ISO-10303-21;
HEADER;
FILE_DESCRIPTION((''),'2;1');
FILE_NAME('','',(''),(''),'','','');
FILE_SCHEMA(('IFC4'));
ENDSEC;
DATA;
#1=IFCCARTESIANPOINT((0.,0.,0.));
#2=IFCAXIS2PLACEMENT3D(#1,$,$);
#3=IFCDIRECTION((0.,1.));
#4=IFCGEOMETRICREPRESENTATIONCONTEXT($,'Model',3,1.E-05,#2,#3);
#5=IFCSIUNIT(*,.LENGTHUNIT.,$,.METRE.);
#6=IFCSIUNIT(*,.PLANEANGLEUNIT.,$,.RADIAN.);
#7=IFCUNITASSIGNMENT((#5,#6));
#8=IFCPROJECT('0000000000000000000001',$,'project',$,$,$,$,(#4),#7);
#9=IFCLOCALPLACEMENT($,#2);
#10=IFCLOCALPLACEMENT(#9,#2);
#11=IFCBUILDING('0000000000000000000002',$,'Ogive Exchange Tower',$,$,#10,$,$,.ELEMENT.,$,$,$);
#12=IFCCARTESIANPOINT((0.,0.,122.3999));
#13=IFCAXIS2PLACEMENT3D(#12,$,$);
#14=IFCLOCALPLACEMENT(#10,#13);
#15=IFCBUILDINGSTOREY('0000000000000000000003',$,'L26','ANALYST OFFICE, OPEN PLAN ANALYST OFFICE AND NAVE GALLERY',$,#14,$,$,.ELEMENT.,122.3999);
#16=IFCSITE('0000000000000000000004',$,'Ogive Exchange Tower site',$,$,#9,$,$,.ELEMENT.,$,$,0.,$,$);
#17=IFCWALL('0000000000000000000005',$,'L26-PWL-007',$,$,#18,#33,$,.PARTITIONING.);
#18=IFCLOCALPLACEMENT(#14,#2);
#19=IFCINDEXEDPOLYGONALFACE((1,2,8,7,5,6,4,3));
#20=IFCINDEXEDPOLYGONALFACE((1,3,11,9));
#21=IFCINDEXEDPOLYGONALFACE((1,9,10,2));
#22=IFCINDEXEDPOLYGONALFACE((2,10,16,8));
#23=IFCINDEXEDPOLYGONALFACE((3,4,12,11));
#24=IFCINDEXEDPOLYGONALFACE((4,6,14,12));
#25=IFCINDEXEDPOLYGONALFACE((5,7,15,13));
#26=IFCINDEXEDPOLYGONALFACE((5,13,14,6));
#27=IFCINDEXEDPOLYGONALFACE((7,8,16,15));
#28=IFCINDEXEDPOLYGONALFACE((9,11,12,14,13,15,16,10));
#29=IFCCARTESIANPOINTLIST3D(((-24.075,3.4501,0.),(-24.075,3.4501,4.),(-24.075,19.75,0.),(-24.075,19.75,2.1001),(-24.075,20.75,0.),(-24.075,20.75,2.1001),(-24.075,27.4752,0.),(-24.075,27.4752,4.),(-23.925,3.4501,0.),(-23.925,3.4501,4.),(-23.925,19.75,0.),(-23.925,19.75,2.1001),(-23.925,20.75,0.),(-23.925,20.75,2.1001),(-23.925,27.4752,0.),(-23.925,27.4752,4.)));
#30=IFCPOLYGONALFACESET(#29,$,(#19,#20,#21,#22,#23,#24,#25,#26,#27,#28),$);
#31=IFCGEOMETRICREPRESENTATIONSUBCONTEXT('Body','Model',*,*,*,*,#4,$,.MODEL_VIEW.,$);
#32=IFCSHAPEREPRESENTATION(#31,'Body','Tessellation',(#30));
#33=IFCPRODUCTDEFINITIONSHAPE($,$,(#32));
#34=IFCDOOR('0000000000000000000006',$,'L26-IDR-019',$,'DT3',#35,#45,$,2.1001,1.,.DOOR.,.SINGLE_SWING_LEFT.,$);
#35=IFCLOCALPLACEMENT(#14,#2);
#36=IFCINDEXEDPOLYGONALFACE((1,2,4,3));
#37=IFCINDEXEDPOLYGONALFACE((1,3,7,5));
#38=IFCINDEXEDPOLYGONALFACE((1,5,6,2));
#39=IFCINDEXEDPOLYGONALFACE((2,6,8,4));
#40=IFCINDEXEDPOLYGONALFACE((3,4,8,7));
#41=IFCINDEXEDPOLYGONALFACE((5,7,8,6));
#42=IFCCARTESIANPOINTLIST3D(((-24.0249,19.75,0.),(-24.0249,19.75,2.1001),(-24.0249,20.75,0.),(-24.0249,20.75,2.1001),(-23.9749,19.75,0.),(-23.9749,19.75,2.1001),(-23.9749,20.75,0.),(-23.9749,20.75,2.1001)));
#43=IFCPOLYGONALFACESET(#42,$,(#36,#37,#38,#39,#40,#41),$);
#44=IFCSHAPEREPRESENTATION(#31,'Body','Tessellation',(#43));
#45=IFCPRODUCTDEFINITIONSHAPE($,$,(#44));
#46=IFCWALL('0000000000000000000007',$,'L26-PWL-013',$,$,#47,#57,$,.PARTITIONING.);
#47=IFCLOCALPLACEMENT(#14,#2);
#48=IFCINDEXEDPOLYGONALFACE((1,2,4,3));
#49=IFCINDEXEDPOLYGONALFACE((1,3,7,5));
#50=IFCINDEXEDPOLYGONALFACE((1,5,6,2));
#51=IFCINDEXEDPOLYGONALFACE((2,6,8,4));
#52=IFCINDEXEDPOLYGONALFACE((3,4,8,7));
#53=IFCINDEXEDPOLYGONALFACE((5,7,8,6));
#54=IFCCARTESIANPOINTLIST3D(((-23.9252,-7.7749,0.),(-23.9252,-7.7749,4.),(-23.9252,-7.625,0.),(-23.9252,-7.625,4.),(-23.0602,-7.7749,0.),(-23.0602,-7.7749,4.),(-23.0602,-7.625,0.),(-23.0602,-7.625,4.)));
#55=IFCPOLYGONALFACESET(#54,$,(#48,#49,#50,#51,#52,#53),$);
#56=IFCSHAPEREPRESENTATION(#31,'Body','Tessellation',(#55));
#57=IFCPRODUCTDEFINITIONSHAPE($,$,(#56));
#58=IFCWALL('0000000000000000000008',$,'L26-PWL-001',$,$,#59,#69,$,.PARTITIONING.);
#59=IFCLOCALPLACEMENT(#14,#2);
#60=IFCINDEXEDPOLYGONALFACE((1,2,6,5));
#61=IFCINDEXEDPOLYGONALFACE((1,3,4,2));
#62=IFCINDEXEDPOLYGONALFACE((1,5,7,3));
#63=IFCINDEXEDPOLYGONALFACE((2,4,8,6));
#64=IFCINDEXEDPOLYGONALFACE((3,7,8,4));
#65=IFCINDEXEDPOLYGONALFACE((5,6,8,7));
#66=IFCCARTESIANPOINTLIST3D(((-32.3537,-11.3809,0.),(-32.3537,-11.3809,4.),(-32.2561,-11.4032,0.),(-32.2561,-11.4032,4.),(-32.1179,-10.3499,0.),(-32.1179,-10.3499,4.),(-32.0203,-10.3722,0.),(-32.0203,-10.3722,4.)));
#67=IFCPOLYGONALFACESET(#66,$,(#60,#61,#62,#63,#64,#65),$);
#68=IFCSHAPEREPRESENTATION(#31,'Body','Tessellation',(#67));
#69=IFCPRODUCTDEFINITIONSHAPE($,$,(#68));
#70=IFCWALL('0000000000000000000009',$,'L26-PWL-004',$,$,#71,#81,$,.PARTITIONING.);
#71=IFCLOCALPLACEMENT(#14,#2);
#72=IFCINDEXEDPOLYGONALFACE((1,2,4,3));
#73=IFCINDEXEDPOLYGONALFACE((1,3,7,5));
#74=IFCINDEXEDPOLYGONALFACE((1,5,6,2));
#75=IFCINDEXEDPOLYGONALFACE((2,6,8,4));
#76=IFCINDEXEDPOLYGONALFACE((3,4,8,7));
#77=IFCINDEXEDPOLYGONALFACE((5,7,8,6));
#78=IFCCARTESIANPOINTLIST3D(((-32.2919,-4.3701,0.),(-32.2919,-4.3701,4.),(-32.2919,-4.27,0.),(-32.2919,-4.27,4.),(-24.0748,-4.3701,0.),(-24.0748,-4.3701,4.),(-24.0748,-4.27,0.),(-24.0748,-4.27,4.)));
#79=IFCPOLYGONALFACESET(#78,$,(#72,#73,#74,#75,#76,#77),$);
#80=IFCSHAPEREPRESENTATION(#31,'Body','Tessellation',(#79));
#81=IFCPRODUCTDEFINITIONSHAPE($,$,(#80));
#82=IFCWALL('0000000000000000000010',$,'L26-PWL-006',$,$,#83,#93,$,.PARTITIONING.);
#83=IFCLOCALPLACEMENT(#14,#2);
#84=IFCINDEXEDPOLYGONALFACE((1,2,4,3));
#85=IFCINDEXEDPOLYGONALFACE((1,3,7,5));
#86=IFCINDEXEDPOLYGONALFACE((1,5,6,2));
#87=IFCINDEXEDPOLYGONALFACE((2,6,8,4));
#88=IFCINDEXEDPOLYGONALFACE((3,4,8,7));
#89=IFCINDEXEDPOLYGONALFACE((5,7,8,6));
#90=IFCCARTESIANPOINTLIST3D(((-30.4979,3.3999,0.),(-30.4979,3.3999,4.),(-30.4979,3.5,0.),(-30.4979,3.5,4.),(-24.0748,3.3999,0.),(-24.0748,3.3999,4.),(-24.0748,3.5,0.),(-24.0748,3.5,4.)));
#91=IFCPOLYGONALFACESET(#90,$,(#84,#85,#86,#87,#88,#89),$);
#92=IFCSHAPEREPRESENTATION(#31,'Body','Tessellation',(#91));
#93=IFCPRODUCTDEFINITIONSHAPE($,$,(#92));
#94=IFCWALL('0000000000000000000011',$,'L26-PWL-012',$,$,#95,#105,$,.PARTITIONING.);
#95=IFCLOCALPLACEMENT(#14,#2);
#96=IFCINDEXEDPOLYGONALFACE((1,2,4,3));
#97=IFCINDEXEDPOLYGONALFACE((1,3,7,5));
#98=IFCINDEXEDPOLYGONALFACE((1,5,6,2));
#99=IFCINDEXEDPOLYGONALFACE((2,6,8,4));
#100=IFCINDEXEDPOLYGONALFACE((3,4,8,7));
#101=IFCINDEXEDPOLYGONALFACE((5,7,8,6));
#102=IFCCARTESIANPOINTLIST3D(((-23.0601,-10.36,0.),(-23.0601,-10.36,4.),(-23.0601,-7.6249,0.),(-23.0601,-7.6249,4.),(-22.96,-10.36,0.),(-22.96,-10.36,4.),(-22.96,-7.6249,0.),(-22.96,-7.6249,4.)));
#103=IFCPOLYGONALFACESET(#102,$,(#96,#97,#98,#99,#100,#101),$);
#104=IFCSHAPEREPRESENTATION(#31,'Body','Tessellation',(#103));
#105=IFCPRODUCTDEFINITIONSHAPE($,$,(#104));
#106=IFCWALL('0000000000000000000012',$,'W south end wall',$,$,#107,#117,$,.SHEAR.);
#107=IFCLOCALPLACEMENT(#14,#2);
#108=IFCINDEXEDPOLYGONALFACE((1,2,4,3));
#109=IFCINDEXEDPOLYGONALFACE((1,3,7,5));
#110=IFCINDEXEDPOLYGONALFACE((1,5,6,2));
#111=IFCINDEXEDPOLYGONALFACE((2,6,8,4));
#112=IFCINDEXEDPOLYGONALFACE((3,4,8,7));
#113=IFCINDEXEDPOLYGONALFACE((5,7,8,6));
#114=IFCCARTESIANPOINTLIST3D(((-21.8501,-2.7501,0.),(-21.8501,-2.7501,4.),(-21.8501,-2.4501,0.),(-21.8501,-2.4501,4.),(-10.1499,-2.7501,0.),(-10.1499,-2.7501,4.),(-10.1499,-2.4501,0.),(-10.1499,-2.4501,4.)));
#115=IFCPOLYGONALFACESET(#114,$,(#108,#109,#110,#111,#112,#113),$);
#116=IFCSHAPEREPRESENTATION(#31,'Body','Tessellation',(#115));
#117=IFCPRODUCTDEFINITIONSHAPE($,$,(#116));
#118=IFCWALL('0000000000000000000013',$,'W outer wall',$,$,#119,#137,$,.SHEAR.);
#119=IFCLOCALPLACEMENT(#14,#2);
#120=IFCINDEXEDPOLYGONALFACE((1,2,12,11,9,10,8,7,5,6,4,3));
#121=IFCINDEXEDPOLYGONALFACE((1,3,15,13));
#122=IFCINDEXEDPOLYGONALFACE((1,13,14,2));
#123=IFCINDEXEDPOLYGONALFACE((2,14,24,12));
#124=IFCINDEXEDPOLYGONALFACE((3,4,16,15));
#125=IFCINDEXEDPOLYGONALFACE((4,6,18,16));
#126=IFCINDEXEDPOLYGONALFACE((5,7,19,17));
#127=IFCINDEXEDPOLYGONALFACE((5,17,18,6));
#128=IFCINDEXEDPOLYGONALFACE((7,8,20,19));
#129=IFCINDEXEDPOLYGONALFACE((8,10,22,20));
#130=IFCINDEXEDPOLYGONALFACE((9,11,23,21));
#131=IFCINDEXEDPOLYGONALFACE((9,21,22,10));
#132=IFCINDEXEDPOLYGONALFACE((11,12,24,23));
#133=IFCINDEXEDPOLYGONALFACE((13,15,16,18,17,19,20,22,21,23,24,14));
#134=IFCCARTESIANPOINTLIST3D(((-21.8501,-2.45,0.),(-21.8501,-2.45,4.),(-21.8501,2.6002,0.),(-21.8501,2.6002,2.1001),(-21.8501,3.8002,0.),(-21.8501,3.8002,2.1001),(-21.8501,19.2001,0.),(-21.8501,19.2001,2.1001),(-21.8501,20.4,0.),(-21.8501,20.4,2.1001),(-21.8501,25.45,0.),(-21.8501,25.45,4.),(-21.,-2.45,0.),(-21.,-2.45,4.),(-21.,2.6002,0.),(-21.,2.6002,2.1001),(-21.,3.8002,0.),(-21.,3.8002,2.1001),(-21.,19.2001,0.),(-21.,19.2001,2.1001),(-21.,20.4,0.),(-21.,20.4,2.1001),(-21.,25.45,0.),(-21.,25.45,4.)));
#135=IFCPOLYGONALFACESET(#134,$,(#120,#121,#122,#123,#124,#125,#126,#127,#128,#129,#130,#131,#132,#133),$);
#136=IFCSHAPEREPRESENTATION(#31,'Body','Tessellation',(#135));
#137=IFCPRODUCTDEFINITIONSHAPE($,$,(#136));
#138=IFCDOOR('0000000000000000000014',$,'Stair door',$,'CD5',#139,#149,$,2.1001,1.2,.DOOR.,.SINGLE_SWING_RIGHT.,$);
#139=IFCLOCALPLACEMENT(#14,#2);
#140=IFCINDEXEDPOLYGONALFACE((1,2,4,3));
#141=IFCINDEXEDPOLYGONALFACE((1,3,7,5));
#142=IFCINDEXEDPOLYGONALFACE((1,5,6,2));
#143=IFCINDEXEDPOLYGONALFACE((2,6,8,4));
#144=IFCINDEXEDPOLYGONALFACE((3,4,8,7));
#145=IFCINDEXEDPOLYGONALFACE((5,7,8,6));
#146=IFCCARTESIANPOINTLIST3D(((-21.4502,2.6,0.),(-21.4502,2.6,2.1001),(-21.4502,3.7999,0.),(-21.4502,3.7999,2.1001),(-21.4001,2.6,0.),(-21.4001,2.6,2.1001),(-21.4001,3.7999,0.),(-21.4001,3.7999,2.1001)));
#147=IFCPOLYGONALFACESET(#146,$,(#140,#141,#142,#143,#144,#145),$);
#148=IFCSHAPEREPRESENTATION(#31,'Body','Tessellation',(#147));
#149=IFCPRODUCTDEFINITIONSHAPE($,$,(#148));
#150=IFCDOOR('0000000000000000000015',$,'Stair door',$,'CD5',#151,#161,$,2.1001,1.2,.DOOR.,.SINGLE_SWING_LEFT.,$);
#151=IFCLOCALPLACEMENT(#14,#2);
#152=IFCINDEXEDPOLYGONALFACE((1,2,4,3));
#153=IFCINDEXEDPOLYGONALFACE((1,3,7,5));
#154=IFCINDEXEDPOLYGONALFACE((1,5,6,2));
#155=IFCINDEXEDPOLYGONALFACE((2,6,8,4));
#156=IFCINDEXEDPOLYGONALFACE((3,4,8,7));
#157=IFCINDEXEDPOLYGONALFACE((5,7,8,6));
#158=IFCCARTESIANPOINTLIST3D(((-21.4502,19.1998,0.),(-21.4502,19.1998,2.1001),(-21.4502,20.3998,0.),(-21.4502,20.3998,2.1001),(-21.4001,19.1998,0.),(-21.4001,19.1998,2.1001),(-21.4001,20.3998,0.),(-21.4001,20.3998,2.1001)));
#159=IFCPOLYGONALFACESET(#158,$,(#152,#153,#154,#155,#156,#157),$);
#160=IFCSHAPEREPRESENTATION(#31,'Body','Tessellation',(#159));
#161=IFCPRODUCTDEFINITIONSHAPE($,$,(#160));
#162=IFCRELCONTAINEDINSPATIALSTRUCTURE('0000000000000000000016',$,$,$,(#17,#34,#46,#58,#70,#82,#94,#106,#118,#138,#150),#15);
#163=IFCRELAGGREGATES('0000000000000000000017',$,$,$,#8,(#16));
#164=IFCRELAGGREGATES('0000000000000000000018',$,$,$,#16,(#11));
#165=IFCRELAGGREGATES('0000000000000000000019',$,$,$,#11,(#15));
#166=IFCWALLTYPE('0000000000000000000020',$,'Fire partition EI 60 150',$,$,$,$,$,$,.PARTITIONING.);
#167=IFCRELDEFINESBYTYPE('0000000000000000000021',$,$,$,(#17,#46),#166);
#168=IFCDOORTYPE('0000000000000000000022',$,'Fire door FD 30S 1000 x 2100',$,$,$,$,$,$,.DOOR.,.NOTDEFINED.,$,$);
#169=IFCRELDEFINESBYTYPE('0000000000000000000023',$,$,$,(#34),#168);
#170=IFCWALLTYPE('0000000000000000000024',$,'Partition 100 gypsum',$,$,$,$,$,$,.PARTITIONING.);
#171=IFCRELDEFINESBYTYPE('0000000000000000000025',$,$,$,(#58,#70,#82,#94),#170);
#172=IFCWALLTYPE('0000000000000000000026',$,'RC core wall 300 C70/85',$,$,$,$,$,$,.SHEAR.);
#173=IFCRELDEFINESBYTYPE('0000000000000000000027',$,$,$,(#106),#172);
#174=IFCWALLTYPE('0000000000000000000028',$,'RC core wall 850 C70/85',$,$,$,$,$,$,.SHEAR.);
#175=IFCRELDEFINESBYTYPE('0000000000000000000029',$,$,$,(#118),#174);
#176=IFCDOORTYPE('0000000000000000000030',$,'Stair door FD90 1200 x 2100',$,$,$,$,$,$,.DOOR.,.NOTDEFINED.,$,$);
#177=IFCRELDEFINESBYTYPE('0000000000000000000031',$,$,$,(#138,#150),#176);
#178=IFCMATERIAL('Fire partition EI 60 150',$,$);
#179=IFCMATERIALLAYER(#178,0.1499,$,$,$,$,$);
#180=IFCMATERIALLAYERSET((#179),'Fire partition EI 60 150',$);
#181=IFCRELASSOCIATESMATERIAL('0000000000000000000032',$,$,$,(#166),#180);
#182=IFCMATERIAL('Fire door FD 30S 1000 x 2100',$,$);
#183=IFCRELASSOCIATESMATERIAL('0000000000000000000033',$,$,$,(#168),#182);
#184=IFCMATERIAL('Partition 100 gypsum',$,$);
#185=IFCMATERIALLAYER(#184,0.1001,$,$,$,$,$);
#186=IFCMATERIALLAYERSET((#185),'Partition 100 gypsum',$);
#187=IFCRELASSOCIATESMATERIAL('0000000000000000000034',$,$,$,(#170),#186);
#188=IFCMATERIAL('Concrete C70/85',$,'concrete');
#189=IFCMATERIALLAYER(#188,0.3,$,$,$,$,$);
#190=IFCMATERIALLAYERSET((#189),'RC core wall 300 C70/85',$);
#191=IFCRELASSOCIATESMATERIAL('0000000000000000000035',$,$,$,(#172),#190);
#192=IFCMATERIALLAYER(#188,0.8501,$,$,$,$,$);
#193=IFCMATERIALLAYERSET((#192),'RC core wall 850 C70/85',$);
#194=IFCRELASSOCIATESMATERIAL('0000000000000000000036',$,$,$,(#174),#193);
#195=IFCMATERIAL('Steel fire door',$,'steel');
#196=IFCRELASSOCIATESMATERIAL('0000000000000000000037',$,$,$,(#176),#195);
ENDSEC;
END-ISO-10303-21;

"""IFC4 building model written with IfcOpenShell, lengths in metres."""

from ifc_helpers import new_model, si_unit, direction, frame, frame_2d, origin, place, context, subcontext, project, spatial, rectangle, extrude, material, layer, layer_set, type_object, element, fill, save


model = new_model("IFC4")

# Units and contexts
model_context = context("Model", 3, precision=1e-05, world=origin(), true_north=direction((0.0, 1.0)))
body_context = subcontext(model_context, "Body", "Model", "MODEL_VIEW")
ifc_project = project(units=[si_unit("LENGTHUNIT", "METRE"), si_unit("PLANEANGLEUNIT", "RADIAN")], contexts=[model_context])

# Site, building, storey
site_placement = place(None, origin())
site = spatial("IfcSite", under=ifc_project, at=site_placement, Name="Ogive Exchange Tower site", CompositionType="ELEMENT", RefElevation=0.0)
building_placement = place(site_placement, origin())
building = spatial("IfcBuilding", under=site, at=building_placement, Name="Ogive Exchange Tower", CompositionType="ELEMENT")
storey_placement = place(building_placement, frame((0.0, 0.0, 122.3999)))
storey = spatial("IfcBuildingStorey", under=building, at=storey_placement, Name="L26", Description="ANALYST OFFICE, OPEN PLAN ANALYST OFFICE AND NAVE GALLERY", CompositionType="ELEMENT", Elevation=122.3999)

# Wall, opening, door
ifc_material_1 = material(Name="Fire partition EI 60 150")
ifc_layer_1 = layer(ifc_material_1, 0.1499)
ifc_layer_set_1 = layer_set([ifc_layer_1], Name="Fire partition EI 60 150")
wall_type_1 = type_object("IfcWallType", Name="Fire partition EI 60 150", PredefinedType="PARTITIONING", material=ifc_layer_set_1)
ifc_material_2 = material(Name="Fire door FD 30S 1000 x 2100")
door_type_1 = type_object("IfcDoorType", Name="Fire door FD 30S 1000 x 2100", OperationType="NOTDEFINED", PredefinedType="DOOR", material=ifc_material_2)
wall_1_placement = place(storey_placement, frame((-24.0, 3.45, 0.0), z_axis=(0.0, 0.0, 1.0), x_axis=(0.0, 1.0, 0.0)))
wall_1 = element("IfcWall", 1, at=wall_1_placement, inside=storey, type_object=wall_type_1, Name="L26-PWL-007", PredefinedType="PARTITIONING", context=body_context, shape_type="SweptSolid", body=[
    extrude(rectangle(XDim=24.0251, YDim=0.1499, at=frame_2d((12.0127, 0.0))), origin(), (0.0, 0.0, 1.0), 4.0),
])
opening_1_placement = place(wall_1_placement, frame((16.3, 0.0, 0.0)))
opening_1 = element("IfcOpeningElement", 2, at=opening_1_placement, cuts=wall_1, PredefinedType="OPENING", context=body_context, shape_type="SweptSolid", body=[
    extrude(rectangle(XDim=1.0, YDim=2.1001, at=frame_2d((0.5, 1.05))), frame((0.0, 0.085, 0.0), z_axis=(0.0, -1.0, 0.0), x_axis=(1.0, 0.0, 0.0)), (0.0, 0.0, 1.0), 0.1699),
])
door_1_placement = place(opening_1_placement, origin())
door_1 = element("IfcDoor", 3, at=door_1_placement, inside=storey, type_object=door_type_1, Name="L26-IDR-019", ObjectType="DT3", OperationType="SINGLE_SWING_LEFT", OverallHeight=2.1001, OverallWidth=1.0, PredefinedType="DOOR", context=body_context, shape_type="SweptSolid", body=[
    extrude(rectangle(XDim=1.0, YDim=2.1001, at=frame_2d((0.5, 1.05))), frame((0.0, 0.0249, 0.0), z_axis=(0.0, -1.0, 0.0), x_axis=(1.0, 0.0, 0.0)), (0.0, 0.0, 1.0), 0.05),
])
fill(opening_1, door_1)

# Walls
wall_2_placement = place(storey_placement, frame((-23.0601, -7.7, 0.0), z_axis=(0.0, 0.0, 1.0), x_axis=(-1.0, 0.0, 0.0)))
element("IfcWall", 4, at=wall_2_placement, inside=storey, type_object=wall_type_1, Name="L26-PWL-013", PredefinedType="PARTITIONING", context=body_context, shape_type="SweptSolid", body=[
    extrude(rectangle(XDim=0.865, YDim=0.1499, at=frame_2d((0.4326, 0.0))), origin(), (0.0, 0.0, 1.0), 4.0),
])
ifc_material_3 = material(Name="Partition 100 gypsum")
ifc_layer_2 = layer(ifc_material_3, 0.1001)
ifc_layer_set_2 = layer_set([ifc_layer_2], Name="Partition 100 gypsum")
wall_type_2 = type_object("IfcWallType", Name="Partition 100 gypsum", PredefinedType="PARTITIONING", material=ifc_layer_set_2)
wall_3_placement = place(storey_placement, frame((-32.0691, -10.3611, 0.0), z_axis=(0.0, 0.0, 1.0), x_axis=(-0.222988, -0.974821, 0.0)))
element("IfcWall", 5, at=wall_3_placement, inside=storey, type_object=wall_type_2, Name="L26-PWL-001", PredefinedType="PARTITIONING", context=body_context, shape_type="SweptSolid", body=[
    extrude(rectangle(XDim=1.0576, YDim=0.1001, at=frame_2d((0.5288, 0.0))), origin(), (0.0, 0.0, 1.0), 4.0),
])
wall_4_placement = place(storey_placement, frame((-24.075, -4.3201, 0.0), z_axis=(0.0, 0.0, 1.0), x_axis=(-1.0, 0.0, 0.0)))
element("IfcWall", 6, at=wall_4_placement, inside=storey, type_object=wall_type_2, Name="L26-PWL-004", PredefinedType="PARTITIONING", context=body_context, shape_type="SweptSolid", body=[
    extrude(rectangle(XDim=8.217, YDim=0.1001, at=frame_2d((4.1084, 0.0))), origin(), (0.0, 0.0, 1.0), 4.0),
])
wall_5_placement = place(storey_placement, frame((-24.075, 3.45, 0.0), z_axis=(0.0, 0.0, 1.0), x_axis=(-1.0, 0.0, 0.0)))
element("IfcWall", 7, at=wall_5_placement, inside=storey, type_object=wall_type_2, Name="L26-PWL-006", PredefinedType="PARTITIONING", context=body_context, shape_type="SweptSolid", body=[
    extrude(rectangle(XDim=6.4231, YDim=0.1001, at=frame_2d((3.2114, 0.0))), origin(), (0.0, 0.0, 1.0), 4.0),
])
wall_6_placement = place(storey_placement, frame((-23.01, -10.3601, 0.0), z_axis=(0.0, 0.0, 1.0), x_axis=(0.0, 1.0, 0.0)))
element("IfcWall", 8, at=wall_6_placement, inside=storey, type_object=wall_type_2, Name="L26-PWL-012", PredefinedType="PARTITIONING", context=body_context, shape_type="SweptSolid", body=[
    extrude(rectangle(XDim=2.7351, YDim=0.1001, at=frame_2d((1.3677, 0.0))), origin(), (0.0, 0.0, 1.0), 4.0),
])
ifc_material_4 = material(Name="Concrete C70/85", Category="concrete")
ifc_layer_3 = layer(ifc_material_4, 0.3)
ifc_layer_set_3 = layer_set([ifc_layer_3], Name="RC core wall 300 C70/85")
wall_type_3 = type_object("IfcWallType", Name="RC core wall 300 C70/85", PredefinedType="SHEAR", material=ifc_layer_set_3)
wall_7_placement = place(storey_placement, frame((-21.8501, -2.6001, 0.0), z_axis=(0.0, 0.0, 1.0), x_axis=(1.0, 0.0, 0.0)))
element("IfcWall", 9, at=wall_7_placement, inside=storey, type_object=wall_type_3, Name="W south end wall", PredefinedType="SHEAR", context=body_context, shape_type="SweptSolid", body=[
    extrude(rectangle(XDim=11.7002, YDim=0.3, at=frame_2d((5.8501, 0.0))), origin(), (0.0, 0.0, 1.0), 4.0),
])

# Wall, openings, doors
ifc_layer_4 = layer(ifc_material_4, 0.8501)
ifc_layer_set_4 = layer_set([ifc_layer_4], Name="RC core wall 850 C70/85")
wall_type_4 = type_object("IfcWallType", Name="RC core wall 850 C70/85", PredefinedType="SHEAR", material=ifc_layer_set_4)
wall_8_placement = place(storey_placement, frame((-21.425, -2.45, 0.0), z_axis=(0.0, 0.0, 1.0), x_axis=(0.0, 1.0, 0.0)))
wall_8 = element("IfcWall", 10, at=wall_8_placement, inside=storey, type_object=wall_type_4, Name="W outer wall", PredefinedType="SHEAR", context=body_context, shape_type="SweptSolid", body=[
    extrude(rectangle(XDim=27.8999, YDim=0.8501, at=frame_2d((13.95, 0.0))), origin(), (0.0, 0.0, 1.0), 4.0),
])
opening_2_placement = place(wall_8_placement, frame((5.05, 0.0, 0.0)))
opening_2 = element("IfcOpeningElement", 11, at=opening_2_placement, cuts=wall_8, PredefinedType="OPENING", context=body_context, shape_type="SweptSolid", body=[
    extrude(rectangle(XDim=1.2, YDim=2.1001, at=frame_2d((0.6001, 1.05))), frame((0.0, 0.4351, 0.0), z_axis=(0.0, -1.0, 0.0), x_axis=(1.0, 0.0, 0.0)), (0.0, 0.0, 1.0), 0.8701),
])
opening_3_placement = place(wall_8_placement, frame((21.6499, 0.0, 0.0)))
opening_3 = element("IfcOpeningElement", 12, at=opening_3_placement, cuts=wall_8, PredefinedType="OPENING", context=body_context, shape_type="SweptSolid", body=[
    extrude(rectangle(XDim=1.2, YDim=2.1001, at=frame_2d((0.6001, 1.05))), frame((0.0, 0.4351, 0.0), z_axis=(0.0, -1.0, 0.0), x_axis=(1.0, 0.0, 0.0)), (0.0, 0.0, 1.0), 0.8701),
])
ifc_material_5 = material(Name="Steel fire door", Category="steel")
door_type_2 = type_object("IfcDoorType", Name="Stair door FD90 1200 x 2100", OperationType="NOTDEFINED", PredefinedType="DOOR", material=ifc_material_5)
door_2_placement = place(opening_2_placement, frame((1.2, 0.0, 0.0), z_axis=(0.0, 0.0, 1.0), x_axis=(-1.0, 0.0, 0.0)))
door_2 = element("IfcDoor", 13, at=door_2_placement, inside=storey, type_object=door_type_2, Name="Stair door", ObjectType="CD5", OperationType="SINGLE_SWING_RIGHT", OverallHeight=2.1001, OverallWidth=1.2, PredefinedType="DOOR", context=body_context, shape_type="SweptSolid", body=[
    extrude(rectangle(XDim=1.2, YDim=2.1001, at=frame_2d((0.6001, 1.05))), frame((0.0, 0.0249, 0.0), z_axis=(0.0, -1.0, 0.0), x_axis=(1.0, 0.0, 0.0)), (0.0, 0.0, 1.0), 0.05),
])
fill(opening_2, door_2)
door_3_placement = place(opening_3_placement, frame((1.2, 0.0, 0.0), z_axis=(0.0, 0.0, 1.0), x_axis=(-1.0, 0.0, 0.0)))
door_3 = element("IfcDoor", 14, at=door_3_placement, inside=storey, type_object=door_type_2, Name="Stair door", ObjectType="CD5", OperationType="SINGLE_SWING_LEFT", OverallHeight=2.1001, OverallWidth=1.2, PredefinedType="DOOR", context=body_context, shape_type="SweptSolid", body=[
    extrude(rectangle(XDim=1.2, YDim=2.1001, at=frame_2d((0.6001, 1.05))), frame((0.0, 0.0249, 0.0), z_axis=(0.0, -1.0, 0.0), x_axis=(1.0, 0.0, 0.0)), (0.0, 0.0, 1.0), 0.05),
])
fill(opening_3, door_3)

save(model, "model.ifc")
